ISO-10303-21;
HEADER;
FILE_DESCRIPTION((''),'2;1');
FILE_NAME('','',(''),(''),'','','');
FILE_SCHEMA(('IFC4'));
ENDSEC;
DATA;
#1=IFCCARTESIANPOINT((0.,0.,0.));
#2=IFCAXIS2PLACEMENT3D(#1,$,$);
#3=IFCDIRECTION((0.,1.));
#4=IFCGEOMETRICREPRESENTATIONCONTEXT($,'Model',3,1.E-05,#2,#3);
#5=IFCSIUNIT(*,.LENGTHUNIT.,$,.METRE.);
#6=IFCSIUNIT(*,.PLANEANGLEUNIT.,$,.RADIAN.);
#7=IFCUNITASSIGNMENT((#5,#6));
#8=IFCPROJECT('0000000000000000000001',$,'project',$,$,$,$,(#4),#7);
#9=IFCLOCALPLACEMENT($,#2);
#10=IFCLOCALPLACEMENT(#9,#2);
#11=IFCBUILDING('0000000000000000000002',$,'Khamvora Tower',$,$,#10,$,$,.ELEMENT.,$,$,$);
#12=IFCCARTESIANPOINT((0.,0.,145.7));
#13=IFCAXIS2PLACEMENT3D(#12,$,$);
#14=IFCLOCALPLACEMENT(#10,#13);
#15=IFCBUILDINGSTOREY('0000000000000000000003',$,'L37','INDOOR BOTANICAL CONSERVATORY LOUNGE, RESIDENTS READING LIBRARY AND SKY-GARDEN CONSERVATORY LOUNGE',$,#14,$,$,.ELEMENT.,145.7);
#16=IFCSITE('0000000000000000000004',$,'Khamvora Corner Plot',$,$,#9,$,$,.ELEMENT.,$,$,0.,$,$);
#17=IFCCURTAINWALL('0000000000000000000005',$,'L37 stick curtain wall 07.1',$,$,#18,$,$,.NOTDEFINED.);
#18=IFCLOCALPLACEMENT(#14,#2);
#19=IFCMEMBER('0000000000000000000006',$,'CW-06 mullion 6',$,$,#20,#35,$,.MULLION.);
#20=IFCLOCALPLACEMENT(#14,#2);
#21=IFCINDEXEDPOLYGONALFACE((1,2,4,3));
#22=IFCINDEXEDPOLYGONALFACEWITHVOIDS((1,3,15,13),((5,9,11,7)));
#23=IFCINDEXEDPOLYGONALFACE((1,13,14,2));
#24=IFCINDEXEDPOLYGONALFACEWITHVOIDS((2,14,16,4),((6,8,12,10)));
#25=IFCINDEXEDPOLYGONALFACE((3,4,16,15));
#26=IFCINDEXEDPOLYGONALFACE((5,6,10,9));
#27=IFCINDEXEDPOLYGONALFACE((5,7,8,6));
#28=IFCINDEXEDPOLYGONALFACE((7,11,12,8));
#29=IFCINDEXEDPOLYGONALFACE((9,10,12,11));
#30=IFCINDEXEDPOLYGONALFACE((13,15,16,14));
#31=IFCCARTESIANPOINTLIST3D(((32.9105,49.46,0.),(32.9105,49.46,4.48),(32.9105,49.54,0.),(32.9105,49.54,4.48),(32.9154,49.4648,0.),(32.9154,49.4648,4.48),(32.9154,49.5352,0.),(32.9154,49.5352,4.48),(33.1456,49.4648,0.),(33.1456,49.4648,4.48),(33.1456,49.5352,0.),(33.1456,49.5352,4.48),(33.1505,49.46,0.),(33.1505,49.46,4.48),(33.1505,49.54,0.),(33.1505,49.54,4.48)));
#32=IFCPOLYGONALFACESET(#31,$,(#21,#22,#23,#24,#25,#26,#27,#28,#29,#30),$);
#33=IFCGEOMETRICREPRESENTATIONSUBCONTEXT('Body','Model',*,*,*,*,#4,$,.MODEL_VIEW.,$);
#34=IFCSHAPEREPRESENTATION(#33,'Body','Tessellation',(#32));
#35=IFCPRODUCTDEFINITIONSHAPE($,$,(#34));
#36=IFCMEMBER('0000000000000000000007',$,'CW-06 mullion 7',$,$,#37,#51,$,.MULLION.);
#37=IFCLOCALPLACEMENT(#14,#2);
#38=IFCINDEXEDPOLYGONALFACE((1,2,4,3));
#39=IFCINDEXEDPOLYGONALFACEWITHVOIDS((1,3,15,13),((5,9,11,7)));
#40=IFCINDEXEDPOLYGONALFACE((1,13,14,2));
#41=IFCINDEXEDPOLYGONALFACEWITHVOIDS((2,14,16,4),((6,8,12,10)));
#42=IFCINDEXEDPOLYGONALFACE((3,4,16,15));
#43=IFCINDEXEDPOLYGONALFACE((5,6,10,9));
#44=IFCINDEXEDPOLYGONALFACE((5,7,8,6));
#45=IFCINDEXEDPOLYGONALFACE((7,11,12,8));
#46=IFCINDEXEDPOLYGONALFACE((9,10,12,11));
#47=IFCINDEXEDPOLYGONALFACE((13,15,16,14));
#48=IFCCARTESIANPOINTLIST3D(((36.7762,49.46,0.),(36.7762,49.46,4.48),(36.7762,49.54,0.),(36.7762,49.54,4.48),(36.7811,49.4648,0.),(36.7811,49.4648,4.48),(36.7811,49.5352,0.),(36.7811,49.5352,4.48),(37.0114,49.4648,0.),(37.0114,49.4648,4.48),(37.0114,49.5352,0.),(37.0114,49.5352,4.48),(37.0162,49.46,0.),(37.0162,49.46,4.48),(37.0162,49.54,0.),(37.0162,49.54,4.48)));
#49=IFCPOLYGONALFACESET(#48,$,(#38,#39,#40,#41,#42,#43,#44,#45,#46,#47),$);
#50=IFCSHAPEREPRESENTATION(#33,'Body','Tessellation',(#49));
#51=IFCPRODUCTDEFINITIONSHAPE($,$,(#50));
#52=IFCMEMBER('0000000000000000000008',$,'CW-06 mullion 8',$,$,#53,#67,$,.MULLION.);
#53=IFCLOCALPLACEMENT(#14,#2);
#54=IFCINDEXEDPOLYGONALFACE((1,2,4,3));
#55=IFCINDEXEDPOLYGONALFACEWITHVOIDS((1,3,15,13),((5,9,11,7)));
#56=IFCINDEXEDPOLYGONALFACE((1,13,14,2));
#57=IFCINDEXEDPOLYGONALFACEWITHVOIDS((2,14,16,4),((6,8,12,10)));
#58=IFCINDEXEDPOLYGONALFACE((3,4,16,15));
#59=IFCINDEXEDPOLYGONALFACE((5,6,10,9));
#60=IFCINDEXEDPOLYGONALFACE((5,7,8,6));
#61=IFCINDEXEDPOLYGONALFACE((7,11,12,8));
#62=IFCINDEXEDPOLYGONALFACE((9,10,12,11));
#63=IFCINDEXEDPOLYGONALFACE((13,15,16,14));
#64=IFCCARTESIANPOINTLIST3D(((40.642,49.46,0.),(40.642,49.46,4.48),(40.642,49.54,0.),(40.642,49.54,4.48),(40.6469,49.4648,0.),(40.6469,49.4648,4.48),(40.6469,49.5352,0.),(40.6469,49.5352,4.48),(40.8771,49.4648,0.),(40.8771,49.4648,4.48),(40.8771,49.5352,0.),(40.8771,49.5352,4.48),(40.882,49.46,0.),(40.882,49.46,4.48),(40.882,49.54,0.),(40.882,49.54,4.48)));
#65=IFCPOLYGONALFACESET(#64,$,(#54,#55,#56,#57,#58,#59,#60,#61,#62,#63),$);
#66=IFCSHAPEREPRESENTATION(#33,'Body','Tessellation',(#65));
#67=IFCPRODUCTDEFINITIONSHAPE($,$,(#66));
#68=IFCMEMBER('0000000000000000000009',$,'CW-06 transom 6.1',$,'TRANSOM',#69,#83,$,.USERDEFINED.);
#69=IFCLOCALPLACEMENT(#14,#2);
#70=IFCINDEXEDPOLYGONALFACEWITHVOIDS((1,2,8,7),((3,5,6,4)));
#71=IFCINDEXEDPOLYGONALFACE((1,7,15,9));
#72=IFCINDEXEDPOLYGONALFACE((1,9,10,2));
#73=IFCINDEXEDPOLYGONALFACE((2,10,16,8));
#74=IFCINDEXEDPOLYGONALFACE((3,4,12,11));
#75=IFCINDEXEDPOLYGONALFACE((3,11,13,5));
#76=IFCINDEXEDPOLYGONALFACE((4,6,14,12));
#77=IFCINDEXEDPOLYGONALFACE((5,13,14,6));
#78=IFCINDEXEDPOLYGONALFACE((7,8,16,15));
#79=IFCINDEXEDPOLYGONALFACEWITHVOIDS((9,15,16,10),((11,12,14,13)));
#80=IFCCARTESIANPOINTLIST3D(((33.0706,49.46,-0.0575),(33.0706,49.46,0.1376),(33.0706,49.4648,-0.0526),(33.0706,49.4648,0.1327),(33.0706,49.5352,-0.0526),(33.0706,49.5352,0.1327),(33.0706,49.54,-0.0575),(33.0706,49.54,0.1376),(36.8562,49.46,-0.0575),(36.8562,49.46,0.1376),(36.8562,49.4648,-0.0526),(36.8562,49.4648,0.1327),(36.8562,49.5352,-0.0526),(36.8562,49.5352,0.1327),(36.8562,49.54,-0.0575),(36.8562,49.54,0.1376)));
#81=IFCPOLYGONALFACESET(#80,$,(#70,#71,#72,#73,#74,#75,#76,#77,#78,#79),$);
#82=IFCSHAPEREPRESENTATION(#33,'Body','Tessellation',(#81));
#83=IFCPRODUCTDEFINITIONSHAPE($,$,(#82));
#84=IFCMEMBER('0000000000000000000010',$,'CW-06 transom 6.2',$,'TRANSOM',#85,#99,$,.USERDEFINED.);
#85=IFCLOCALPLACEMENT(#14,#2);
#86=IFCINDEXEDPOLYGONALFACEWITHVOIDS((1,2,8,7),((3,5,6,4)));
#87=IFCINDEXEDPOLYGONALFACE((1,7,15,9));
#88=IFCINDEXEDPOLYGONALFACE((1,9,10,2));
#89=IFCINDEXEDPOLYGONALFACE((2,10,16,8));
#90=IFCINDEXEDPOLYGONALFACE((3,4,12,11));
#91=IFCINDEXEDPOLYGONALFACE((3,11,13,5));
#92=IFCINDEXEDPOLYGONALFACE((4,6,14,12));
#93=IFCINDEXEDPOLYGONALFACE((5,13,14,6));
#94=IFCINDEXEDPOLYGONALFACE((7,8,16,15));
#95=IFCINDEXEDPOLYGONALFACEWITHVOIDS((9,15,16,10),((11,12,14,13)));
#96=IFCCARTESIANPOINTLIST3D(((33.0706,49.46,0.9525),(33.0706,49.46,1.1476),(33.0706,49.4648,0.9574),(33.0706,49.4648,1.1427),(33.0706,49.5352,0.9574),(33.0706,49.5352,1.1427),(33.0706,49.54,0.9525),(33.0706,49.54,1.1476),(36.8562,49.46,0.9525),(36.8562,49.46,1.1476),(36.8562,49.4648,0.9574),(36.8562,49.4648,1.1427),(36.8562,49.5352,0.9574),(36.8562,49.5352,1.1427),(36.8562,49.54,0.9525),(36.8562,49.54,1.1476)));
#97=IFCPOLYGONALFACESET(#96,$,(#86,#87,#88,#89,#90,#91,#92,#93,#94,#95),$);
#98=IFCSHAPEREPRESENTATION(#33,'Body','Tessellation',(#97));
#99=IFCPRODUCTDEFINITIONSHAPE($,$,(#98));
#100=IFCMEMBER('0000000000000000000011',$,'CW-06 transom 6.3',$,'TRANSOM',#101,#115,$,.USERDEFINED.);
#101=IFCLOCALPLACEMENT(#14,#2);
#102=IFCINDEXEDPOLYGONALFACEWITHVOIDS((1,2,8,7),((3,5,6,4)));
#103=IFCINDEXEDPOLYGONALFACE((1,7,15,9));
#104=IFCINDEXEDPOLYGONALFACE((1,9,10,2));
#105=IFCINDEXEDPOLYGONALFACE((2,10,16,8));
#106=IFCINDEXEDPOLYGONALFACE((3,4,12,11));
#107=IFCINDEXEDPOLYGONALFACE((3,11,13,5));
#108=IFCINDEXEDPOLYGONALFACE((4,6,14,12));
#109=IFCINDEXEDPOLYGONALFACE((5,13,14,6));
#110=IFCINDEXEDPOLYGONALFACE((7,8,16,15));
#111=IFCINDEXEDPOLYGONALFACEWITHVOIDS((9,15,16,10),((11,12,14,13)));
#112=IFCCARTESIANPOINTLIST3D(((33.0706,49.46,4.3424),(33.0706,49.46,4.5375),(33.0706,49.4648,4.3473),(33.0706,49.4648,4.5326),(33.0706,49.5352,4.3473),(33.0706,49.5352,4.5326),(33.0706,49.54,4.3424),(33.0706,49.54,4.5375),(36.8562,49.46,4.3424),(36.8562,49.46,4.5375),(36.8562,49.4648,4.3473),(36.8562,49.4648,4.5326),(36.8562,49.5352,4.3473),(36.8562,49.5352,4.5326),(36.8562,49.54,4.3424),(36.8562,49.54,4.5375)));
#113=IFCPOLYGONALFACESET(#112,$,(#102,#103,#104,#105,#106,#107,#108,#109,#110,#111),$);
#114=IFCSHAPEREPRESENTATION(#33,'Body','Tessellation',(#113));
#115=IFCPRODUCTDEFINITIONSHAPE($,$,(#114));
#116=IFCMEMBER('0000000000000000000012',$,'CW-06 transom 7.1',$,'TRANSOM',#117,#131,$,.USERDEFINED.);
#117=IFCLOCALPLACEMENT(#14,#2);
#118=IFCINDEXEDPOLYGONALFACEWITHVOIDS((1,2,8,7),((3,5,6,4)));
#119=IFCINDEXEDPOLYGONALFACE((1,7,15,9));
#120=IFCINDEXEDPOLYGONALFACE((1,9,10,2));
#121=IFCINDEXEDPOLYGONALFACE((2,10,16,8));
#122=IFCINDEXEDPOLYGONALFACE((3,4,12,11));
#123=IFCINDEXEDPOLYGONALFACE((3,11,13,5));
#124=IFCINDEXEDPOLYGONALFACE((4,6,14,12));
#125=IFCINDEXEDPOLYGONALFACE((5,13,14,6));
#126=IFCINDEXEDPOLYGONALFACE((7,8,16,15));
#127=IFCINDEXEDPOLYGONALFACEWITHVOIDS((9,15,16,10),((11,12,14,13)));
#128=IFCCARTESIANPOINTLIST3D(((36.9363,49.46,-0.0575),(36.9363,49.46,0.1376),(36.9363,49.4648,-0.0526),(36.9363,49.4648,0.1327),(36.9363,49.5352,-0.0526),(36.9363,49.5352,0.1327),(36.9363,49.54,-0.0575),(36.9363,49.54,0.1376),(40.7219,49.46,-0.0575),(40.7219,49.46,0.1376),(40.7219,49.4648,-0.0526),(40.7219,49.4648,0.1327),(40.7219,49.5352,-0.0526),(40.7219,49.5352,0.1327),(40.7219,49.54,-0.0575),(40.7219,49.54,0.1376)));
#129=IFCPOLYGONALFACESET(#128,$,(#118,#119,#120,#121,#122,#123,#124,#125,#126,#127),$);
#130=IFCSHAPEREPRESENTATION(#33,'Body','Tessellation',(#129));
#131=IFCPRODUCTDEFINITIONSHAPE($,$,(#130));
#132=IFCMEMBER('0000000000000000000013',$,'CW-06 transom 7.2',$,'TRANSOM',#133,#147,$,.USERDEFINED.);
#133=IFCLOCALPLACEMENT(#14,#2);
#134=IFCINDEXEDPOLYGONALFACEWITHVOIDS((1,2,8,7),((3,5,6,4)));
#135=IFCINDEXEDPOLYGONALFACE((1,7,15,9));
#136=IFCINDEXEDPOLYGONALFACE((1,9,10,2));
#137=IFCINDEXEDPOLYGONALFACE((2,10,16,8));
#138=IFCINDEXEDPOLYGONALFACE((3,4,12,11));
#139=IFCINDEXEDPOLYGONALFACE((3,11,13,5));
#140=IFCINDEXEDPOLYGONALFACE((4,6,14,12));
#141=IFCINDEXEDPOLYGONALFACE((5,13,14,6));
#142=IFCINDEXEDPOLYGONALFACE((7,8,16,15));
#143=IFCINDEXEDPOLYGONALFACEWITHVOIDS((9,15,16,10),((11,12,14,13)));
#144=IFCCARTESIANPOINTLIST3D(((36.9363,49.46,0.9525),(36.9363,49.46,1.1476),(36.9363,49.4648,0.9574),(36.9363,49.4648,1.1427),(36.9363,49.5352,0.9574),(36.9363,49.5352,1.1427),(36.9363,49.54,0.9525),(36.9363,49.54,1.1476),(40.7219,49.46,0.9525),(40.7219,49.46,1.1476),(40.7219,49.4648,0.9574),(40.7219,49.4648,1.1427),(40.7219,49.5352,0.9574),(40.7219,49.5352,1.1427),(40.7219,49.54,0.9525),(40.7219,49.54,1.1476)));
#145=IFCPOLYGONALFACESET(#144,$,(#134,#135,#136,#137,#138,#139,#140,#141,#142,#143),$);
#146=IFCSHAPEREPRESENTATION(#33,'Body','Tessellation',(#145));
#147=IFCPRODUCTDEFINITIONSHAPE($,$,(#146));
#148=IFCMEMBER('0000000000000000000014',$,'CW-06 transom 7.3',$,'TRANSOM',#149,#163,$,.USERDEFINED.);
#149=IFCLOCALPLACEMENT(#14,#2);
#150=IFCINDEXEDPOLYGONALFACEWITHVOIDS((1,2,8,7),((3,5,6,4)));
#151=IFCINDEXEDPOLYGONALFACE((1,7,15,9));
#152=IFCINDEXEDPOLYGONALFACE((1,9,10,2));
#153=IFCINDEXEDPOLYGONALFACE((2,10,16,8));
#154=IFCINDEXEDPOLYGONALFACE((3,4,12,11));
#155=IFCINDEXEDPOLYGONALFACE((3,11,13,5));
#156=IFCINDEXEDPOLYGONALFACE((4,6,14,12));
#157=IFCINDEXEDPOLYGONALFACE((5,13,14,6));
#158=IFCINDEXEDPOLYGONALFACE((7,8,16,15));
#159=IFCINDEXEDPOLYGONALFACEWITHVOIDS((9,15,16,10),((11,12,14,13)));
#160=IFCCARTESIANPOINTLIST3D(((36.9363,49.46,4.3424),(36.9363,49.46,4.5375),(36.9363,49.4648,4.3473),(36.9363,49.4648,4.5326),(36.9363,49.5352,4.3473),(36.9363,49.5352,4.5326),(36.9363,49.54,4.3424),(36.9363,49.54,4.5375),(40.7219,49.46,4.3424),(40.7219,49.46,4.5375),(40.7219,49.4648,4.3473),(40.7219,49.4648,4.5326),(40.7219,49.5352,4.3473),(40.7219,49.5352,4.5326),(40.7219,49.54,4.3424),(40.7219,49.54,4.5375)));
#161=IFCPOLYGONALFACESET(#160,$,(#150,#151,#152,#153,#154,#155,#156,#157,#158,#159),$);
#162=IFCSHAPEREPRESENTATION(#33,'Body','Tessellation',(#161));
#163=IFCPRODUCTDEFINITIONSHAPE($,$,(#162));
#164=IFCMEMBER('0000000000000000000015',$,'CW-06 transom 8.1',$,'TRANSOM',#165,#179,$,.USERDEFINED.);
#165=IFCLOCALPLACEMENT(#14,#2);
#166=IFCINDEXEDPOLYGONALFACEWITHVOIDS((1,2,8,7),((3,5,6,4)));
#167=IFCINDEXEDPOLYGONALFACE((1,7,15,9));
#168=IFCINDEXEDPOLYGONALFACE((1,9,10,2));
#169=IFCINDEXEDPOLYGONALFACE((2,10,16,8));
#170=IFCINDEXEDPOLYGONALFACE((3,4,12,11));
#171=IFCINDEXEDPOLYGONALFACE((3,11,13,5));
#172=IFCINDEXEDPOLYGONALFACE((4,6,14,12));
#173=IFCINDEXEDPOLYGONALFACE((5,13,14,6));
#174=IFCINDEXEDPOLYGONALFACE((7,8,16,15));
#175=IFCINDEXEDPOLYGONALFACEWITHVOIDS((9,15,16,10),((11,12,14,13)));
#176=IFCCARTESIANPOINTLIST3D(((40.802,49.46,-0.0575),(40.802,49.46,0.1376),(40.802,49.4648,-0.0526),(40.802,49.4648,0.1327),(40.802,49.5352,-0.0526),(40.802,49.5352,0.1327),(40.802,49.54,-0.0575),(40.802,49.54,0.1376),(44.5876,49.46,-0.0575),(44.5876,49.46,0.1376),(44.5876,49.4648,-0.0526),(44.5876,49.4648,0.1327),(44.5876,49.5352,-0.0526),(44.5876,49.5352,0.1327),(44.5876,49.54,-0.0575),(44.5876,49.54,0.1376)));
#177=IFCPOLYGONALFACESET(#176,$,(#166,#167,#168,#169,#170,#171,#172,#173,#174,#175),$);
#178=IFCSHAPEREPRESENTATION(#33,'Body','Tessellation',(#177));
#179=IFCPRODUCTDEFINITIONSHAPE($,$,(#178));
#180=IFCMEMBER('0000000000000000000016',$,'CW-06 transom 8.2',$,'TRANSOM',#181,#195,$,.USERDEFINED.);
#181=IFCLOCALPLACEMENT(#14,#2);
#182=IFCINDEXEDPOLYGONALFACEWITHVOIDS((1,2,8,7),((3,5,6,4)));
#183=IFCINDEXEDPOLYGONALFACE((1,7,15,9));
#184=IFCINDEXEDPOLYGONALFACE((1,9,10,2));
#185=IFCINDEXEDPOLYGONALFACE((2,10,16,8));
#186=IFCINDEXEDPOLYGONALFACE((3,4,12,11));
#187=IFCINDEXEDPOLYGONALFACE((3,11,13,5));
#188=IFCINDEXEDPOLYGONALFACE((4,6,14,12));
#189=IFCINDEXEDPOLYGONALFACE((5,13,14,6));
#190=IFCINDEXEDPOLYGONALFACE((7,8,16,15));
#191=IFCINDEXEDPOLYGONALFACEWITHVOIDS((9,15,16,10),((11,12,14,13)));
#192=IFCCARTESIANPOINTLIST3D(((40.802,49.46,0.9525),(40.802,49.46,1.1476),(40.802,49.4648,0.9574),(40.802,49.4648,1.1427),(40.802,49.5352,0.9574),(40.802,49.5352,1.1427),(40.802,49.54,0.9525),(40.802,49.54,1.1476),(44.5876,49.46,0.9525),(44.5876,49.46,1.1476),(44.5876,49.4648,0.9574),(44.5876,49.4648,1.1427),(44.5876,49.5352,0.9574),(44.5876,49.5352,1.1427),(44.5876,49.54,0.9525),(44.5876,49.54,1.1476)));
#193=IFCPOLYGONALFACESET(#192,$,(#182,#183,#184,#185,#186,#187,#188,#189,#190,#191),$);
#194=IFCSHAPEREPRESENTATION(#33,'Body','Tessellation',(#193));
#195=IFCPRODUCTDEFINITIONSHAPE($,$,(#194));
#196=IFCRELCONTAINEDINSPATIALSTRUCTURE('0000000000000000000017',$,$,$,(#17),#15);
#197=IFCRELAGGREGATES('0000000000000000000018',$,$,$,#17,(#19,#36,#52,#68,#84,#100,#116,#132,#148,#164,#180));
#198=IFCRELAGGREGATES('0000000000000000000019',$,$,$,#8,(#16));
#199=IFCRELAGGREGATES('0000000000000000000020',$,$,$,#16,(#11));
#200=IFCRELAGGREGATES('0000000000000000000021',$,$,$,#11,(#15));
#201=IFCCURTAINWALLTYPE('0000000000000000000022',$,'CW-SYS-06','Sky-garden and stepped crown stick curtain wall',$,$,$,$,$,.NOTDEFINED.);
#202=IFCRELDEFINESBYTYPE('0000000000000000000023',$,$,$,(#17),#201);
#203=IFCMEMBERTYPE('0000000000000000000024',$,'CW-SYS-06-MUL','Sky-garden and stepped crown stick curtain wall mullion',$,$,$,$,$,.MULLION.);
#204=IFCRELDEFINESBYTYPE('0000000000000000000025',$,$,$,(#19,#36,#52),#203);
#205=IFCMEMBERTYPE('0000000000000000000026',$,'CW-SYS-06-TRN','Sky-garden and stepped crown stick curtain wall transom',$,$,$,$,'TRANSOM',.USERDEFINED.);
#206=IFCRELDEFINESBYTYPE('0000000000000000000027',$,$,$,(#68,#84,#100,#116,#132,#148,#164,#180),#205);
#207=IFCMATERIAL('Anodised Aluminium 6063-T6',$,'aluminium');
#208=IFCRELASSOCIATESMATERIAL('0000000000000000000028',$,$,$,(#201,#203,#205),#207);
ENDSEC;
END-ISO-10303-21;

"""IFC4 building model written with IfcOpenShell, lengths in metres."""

from ifc_helpers import new_model, si_unit, direction, frame, origin, origin_2d, place, context, subcontext, project, spatial, hollow_rectangle, extrude, material, material_profile, profile_set, type_object, element, aggregate, save


model = new_model("IFC4")

# Units and contexts
model_context = context("Model", 3, precision=1e-05, world=origin(), true_north=direction((0.0, 1.0)))
body_context = subcontext(model_context, "Body", "Model", "MODEL_VIEW")
ifc_project = project(units=[si_unit("LENGTHUNIT", "METRE"), si_unit("PLANEANGLEUNIT", "RADIAN")], contexts=[model_context])

# Site, building, storey
site_placement = place(None, origin())
site = spatial("IfcSite", under=ifc_project, at=site_placement, Name="Khamvora Corner Plot", CompositionType="ELEMENT", RefElevation=0.0)
building_placement = place(site_placement, origin())
building = spatial("IfcBuilding", under=site, at=building_placement, Name="Khamvora Tower", CompositionType="ELEMENT")
storey_placement = place(building_placement, frame((0.0, 0.0, 145.7)))
storey = spatial("IfcBuildingStorey", under=building, at=storey_placement, Name="L37", Description="INDOOR BOTANICAL CONSERVATORY LOUNGE, RESIDENTS READING LIBRARY AND SKY-GARDEN CONSERVATORY LOUNGE", CompositionType="ELEMENT", Elevation=145.7)

# Curtain wall, members
ifc_material_1 = material(Name="Anodised Aluminium 6063-T6", Category="aluminium")
curtain_wall_type = type_object("IfcCurtainWallType", Name="CW-SYS-06", Description="Sky-garden and stepped crown stick curtain wall", PredefinedType="NOTDEFINED", material=ifc_material_1)
curtain_wall_placement = place(storey_placement, origin())
curtain_wall = element("IfcCurtainWall", 1, at=curtain_wall_placement, inside=storey, type_object=curtain_wall_type, Name="L37 stick curtain wall 07.1", PredefinedType="NOTDEFINED")
ifc_material_profile_1 = material_profile(ifc_material_1, hollow_rectangle(XDim=0.0801, YDim=0.24, WallThickness=0.0049, at=origin_2d()), Name="MUL80x240x5")
ifc_profile_set_1 = profile_set([ifc_material_profile_1], Name="Anodised Aluminium 6063-T6")
member_type_1 = type_object("IfcMemberType", Name="CW-SYS-06-MUL", Description="Sky-garden and stepped crown stick curtain wall mullion", PredefinedType="MULLION", material=ifc_profile_set_1)
member_1_placement = place(storey_placement, frame((33.0305, 49.5, 0.0), z_axis=(0.0, 0.0, 1.0), x_axis=(0.0, 1.0, 0.0)))
member_1 = element("IfcMember", 2, at=member_1_placement, type_object=member_type_1, Name="CW-06 mullion 6", PredefinedType="MULLION", context=body_context, shape_type="SweptSolid", body=[
    extrude(hollow_rectangle(XDim=0.0801, YDim=0.24, WallThickness=0.0049, at=origin_2d()), origin(), (0.0, 0.0, 1.0), 4.48),
])
member_2_placement = place(storey_placement, frame((36.8962, 49.5, 0.0), z_axis=(0.0, 0.0, 1.0), x_axis=(0.0, 1.0, 0.0)))
member_2 = element("IfcMember", 3, at=member_2_placement, type_object=member_type_1, Name="CW-06 mullion 7", PredefinedType="MULLION", context=body_context, shape_type="SweptSolid", body=[
    extrude(hollow_rectangle(XDim=0.0801, YDim=0.24, WallThickness=0.0049, at=origin_2d()), origin(), (0.0, 0.0, 1.0), 4.48),
])
member_3_placement = place(storey_placement, frame((40.762, 49.5, 0.0), z_axis=(0.0, 0.0, 1.0), x_axis=(0.0, 1.0, 0.0)))
member_3 = element("IfcMember", 4, at=member_3_placement, type_object=member_type_1, Name="CW-06 mullion 8", PredefinedType="MULLION", context=body_context, shape_type="SweptSolid", body=[
    extrude(hollow_rectangle(XDim=0.0801, YDim=0.24, WallThickness=0.0049, at=origin_2d()), origin(), (0.0, 0.0, 1.0), 4.48),
])
ifc_material_profile_2 = material_profile(ifc_material_1, hollow_rectangle(XDim=0.0801, YDim=0.1951, WallThickness=0.0049, at=origin_2d()), Name="TRN80x195x5")
ifc_profile_set_2 = profile_set([ifc_material_profile_2], Name="Anodised Aluminium 6063-T6")
member_type_2 = type_object("IfcMemberType", Name="CW-SYS-06-TRN", Description="Sky-garden and stepped crown stick curtain wall transom", ElementType="TRANSOM", PredefinedType="USERDEFINED", material=ifc_profile_set_2)
member_4_placement = place(storey_placement, frame((33.0706, 49.5, 0.04), z_axis=(1.0, 0.0, 0.0), x_axis=(0.0, 1.0, 0.0)))
member_4 = element("IfcMember", 5, at=member_4_placement, type_object=member_type_2, Name="CW-06 transom 6.1", ObjectType="TRANSOM", PredefinedType="USERDEFINED", context=body_context, shape_type="SweptSolid", body=[
    extrude(hollow_rectangle(XDim=0.0801, YDim=0.1951, WallThickness=0.0049, at=origin_2d()), origin(), (0.0, 0.0, 1.0), 3.7856),
])
member_5_placement = place(storey_placement, frame((33.0706, 49.5, 1.05), z_axis=(1.0, 0.0, 0.0), x_axis=(0.0, 1.0, 0.0)))
member_5 = element("IfcMember", 6, at=member_5_placement, type_object=member_type_2, Name="CW-06 transom 6.2", ObjectType="TRANSOM", PredefinedType="USERDEFINED", context=body_context, shape_type="SweptSolid", body=[
    extrude(hollow_rectangle(XDim=0.0801, YDim=0.1951, WallThickness=0.0049, at=origin_2d()), origin(), (0.0, 0.0, 1.0), 3.7856),
])
member_6_placement = place(storey_placement, frame((33.0706, 49.5, 4.4399), z_axis=(1.0, 0.0, 0.0), x_axis=(0.0, 1.0, 0.0)))
member_6 = element("IfcMember", 7, at=member_6_placement, type_object=member_type_2, Name="CW-06 transom 6.3", ObjectType="TRANSOM", PredefinedType="USERDEFINED", context=body_context, shape_type="SweptSolid", body=[
    extrude(hollow_rectangle(XDim=0.0801, YDim=0.1951, WallThickness=0.0049, at=origin_2d()), origin(), (0.0, 0.0, 1.0), 3.7856),
])
member_7_placement = place(storey_placement, frame((36.9363, 49.5, 0.04), z_axis=(1.0, 0.0, 0.0), x_axis=(0.0, 1.0, 0.0)))
member_7 = element("IfcMember", 8, at=member_7_placement, type_object=member_type_2, Name="CW-06 transom 7.1", ObjectType="TRANSOM", PredefinedType="USERDEFINED", context=body_context, shape_type="SweptSolid", body=[
    extrude(hollow_rectangle(XDim=0.0801, YDim=0.1951, WallThickness=0.0049, at=origin_2d()), origin(), (0.0, 0.0, 1.0), 3.7856),
])
member_8_placement = place(storey_placement, frame((36.9363, 49.5, 1.05), z_axis=(1.0, 0.0, 0.0), x_axis=(0.0, 1.0, 0.0)))
member_8 = element("IfcMember", 9, at=member_8_placement, type_object=member_type_2, Name="CW-06 transom 7.2", ObjectType="TRANSOM", PredefinedType="USERDEFINED", context=body_context, shape_type="SweptSolid", body=[
    extrude(hollow_rectangle(XDim=0.0801, YDim=0.1951, WallThickness=0.0049, at=origin_2d()), origin(), (0.0, 0.0, 1.0), 3.7856),
])
member_9_placement = place(storey_placement, frame((36.9363, 49.5, 4.4399), z_axis=(1.0, 0.0, 0.0), x_axis=(0.0, 1.0, 0.0)))
member_9 = element("IfcMember", 10, at=member_9_placement, type_object=member_type_2, Name="CW-06 transom 7.3", ObjectType="TRANSOM", PredefinedType="USERDEFINED", context=body_context, shape_type="SweptSolid", body=[
    extrude(hollow_rectangle(XDim=0.0801, YDim=0.1951, WallThickness=0.0049, at=origin_2d()), origin(), (0.0, 0.0, 1.0), 3.7856),
])
member_10_placement = place(storey_placement, frame((40.802, 49.5, 0.04), z_axis=(1.0, 0.0, 0.0), x_axis=(0.0, 1.0, 0.0)))
member_10 = element("IfcMember", 11, at=member_10_placement, type_object=member_type_2, Name="CW-06 transom 8.1", ObjectType="TRANSOM", PredefinedType="USERDEFINED", context=body_context, shape_type="SweptSolid", body=[
    extrude(hollow_rectangle(XDim=0.0801, YDim=0.1951, WallThickness=0.0049, at=origin_2d()), origin(), (0.0, 0.0, 1.0), 3.7856),
])
member_11_placement = place(storey_placement, frame((40.802, 49.5, 1.05), z_axis=(1.0, 0.0, 0.0), x_axis=(0.0, 1.0, 0.0)))
member_11 = element("IfcMember", 12, at=member_11_placement, type_object=member_type_2, Name="CW-06 transom 8.2", ObjectType="TRANSOM", PredefinedType="USERDEFINED", context=body_context, shape_type="SweptSolid", body=[
    extrude(hollow_rectangle(XDim=0.0801, YDim=0.1951, WallThickness=0.0049, at=origin_2d()), origin(), (0.0, 0.0, 1.0), 3.7856),
])
aggregate(curtain_wall, [member_1, member_2, member_3, member_4, member_5, member_6, member_7, member_8, member_9, member_10, member_11])

save(model, "model.ifc")
